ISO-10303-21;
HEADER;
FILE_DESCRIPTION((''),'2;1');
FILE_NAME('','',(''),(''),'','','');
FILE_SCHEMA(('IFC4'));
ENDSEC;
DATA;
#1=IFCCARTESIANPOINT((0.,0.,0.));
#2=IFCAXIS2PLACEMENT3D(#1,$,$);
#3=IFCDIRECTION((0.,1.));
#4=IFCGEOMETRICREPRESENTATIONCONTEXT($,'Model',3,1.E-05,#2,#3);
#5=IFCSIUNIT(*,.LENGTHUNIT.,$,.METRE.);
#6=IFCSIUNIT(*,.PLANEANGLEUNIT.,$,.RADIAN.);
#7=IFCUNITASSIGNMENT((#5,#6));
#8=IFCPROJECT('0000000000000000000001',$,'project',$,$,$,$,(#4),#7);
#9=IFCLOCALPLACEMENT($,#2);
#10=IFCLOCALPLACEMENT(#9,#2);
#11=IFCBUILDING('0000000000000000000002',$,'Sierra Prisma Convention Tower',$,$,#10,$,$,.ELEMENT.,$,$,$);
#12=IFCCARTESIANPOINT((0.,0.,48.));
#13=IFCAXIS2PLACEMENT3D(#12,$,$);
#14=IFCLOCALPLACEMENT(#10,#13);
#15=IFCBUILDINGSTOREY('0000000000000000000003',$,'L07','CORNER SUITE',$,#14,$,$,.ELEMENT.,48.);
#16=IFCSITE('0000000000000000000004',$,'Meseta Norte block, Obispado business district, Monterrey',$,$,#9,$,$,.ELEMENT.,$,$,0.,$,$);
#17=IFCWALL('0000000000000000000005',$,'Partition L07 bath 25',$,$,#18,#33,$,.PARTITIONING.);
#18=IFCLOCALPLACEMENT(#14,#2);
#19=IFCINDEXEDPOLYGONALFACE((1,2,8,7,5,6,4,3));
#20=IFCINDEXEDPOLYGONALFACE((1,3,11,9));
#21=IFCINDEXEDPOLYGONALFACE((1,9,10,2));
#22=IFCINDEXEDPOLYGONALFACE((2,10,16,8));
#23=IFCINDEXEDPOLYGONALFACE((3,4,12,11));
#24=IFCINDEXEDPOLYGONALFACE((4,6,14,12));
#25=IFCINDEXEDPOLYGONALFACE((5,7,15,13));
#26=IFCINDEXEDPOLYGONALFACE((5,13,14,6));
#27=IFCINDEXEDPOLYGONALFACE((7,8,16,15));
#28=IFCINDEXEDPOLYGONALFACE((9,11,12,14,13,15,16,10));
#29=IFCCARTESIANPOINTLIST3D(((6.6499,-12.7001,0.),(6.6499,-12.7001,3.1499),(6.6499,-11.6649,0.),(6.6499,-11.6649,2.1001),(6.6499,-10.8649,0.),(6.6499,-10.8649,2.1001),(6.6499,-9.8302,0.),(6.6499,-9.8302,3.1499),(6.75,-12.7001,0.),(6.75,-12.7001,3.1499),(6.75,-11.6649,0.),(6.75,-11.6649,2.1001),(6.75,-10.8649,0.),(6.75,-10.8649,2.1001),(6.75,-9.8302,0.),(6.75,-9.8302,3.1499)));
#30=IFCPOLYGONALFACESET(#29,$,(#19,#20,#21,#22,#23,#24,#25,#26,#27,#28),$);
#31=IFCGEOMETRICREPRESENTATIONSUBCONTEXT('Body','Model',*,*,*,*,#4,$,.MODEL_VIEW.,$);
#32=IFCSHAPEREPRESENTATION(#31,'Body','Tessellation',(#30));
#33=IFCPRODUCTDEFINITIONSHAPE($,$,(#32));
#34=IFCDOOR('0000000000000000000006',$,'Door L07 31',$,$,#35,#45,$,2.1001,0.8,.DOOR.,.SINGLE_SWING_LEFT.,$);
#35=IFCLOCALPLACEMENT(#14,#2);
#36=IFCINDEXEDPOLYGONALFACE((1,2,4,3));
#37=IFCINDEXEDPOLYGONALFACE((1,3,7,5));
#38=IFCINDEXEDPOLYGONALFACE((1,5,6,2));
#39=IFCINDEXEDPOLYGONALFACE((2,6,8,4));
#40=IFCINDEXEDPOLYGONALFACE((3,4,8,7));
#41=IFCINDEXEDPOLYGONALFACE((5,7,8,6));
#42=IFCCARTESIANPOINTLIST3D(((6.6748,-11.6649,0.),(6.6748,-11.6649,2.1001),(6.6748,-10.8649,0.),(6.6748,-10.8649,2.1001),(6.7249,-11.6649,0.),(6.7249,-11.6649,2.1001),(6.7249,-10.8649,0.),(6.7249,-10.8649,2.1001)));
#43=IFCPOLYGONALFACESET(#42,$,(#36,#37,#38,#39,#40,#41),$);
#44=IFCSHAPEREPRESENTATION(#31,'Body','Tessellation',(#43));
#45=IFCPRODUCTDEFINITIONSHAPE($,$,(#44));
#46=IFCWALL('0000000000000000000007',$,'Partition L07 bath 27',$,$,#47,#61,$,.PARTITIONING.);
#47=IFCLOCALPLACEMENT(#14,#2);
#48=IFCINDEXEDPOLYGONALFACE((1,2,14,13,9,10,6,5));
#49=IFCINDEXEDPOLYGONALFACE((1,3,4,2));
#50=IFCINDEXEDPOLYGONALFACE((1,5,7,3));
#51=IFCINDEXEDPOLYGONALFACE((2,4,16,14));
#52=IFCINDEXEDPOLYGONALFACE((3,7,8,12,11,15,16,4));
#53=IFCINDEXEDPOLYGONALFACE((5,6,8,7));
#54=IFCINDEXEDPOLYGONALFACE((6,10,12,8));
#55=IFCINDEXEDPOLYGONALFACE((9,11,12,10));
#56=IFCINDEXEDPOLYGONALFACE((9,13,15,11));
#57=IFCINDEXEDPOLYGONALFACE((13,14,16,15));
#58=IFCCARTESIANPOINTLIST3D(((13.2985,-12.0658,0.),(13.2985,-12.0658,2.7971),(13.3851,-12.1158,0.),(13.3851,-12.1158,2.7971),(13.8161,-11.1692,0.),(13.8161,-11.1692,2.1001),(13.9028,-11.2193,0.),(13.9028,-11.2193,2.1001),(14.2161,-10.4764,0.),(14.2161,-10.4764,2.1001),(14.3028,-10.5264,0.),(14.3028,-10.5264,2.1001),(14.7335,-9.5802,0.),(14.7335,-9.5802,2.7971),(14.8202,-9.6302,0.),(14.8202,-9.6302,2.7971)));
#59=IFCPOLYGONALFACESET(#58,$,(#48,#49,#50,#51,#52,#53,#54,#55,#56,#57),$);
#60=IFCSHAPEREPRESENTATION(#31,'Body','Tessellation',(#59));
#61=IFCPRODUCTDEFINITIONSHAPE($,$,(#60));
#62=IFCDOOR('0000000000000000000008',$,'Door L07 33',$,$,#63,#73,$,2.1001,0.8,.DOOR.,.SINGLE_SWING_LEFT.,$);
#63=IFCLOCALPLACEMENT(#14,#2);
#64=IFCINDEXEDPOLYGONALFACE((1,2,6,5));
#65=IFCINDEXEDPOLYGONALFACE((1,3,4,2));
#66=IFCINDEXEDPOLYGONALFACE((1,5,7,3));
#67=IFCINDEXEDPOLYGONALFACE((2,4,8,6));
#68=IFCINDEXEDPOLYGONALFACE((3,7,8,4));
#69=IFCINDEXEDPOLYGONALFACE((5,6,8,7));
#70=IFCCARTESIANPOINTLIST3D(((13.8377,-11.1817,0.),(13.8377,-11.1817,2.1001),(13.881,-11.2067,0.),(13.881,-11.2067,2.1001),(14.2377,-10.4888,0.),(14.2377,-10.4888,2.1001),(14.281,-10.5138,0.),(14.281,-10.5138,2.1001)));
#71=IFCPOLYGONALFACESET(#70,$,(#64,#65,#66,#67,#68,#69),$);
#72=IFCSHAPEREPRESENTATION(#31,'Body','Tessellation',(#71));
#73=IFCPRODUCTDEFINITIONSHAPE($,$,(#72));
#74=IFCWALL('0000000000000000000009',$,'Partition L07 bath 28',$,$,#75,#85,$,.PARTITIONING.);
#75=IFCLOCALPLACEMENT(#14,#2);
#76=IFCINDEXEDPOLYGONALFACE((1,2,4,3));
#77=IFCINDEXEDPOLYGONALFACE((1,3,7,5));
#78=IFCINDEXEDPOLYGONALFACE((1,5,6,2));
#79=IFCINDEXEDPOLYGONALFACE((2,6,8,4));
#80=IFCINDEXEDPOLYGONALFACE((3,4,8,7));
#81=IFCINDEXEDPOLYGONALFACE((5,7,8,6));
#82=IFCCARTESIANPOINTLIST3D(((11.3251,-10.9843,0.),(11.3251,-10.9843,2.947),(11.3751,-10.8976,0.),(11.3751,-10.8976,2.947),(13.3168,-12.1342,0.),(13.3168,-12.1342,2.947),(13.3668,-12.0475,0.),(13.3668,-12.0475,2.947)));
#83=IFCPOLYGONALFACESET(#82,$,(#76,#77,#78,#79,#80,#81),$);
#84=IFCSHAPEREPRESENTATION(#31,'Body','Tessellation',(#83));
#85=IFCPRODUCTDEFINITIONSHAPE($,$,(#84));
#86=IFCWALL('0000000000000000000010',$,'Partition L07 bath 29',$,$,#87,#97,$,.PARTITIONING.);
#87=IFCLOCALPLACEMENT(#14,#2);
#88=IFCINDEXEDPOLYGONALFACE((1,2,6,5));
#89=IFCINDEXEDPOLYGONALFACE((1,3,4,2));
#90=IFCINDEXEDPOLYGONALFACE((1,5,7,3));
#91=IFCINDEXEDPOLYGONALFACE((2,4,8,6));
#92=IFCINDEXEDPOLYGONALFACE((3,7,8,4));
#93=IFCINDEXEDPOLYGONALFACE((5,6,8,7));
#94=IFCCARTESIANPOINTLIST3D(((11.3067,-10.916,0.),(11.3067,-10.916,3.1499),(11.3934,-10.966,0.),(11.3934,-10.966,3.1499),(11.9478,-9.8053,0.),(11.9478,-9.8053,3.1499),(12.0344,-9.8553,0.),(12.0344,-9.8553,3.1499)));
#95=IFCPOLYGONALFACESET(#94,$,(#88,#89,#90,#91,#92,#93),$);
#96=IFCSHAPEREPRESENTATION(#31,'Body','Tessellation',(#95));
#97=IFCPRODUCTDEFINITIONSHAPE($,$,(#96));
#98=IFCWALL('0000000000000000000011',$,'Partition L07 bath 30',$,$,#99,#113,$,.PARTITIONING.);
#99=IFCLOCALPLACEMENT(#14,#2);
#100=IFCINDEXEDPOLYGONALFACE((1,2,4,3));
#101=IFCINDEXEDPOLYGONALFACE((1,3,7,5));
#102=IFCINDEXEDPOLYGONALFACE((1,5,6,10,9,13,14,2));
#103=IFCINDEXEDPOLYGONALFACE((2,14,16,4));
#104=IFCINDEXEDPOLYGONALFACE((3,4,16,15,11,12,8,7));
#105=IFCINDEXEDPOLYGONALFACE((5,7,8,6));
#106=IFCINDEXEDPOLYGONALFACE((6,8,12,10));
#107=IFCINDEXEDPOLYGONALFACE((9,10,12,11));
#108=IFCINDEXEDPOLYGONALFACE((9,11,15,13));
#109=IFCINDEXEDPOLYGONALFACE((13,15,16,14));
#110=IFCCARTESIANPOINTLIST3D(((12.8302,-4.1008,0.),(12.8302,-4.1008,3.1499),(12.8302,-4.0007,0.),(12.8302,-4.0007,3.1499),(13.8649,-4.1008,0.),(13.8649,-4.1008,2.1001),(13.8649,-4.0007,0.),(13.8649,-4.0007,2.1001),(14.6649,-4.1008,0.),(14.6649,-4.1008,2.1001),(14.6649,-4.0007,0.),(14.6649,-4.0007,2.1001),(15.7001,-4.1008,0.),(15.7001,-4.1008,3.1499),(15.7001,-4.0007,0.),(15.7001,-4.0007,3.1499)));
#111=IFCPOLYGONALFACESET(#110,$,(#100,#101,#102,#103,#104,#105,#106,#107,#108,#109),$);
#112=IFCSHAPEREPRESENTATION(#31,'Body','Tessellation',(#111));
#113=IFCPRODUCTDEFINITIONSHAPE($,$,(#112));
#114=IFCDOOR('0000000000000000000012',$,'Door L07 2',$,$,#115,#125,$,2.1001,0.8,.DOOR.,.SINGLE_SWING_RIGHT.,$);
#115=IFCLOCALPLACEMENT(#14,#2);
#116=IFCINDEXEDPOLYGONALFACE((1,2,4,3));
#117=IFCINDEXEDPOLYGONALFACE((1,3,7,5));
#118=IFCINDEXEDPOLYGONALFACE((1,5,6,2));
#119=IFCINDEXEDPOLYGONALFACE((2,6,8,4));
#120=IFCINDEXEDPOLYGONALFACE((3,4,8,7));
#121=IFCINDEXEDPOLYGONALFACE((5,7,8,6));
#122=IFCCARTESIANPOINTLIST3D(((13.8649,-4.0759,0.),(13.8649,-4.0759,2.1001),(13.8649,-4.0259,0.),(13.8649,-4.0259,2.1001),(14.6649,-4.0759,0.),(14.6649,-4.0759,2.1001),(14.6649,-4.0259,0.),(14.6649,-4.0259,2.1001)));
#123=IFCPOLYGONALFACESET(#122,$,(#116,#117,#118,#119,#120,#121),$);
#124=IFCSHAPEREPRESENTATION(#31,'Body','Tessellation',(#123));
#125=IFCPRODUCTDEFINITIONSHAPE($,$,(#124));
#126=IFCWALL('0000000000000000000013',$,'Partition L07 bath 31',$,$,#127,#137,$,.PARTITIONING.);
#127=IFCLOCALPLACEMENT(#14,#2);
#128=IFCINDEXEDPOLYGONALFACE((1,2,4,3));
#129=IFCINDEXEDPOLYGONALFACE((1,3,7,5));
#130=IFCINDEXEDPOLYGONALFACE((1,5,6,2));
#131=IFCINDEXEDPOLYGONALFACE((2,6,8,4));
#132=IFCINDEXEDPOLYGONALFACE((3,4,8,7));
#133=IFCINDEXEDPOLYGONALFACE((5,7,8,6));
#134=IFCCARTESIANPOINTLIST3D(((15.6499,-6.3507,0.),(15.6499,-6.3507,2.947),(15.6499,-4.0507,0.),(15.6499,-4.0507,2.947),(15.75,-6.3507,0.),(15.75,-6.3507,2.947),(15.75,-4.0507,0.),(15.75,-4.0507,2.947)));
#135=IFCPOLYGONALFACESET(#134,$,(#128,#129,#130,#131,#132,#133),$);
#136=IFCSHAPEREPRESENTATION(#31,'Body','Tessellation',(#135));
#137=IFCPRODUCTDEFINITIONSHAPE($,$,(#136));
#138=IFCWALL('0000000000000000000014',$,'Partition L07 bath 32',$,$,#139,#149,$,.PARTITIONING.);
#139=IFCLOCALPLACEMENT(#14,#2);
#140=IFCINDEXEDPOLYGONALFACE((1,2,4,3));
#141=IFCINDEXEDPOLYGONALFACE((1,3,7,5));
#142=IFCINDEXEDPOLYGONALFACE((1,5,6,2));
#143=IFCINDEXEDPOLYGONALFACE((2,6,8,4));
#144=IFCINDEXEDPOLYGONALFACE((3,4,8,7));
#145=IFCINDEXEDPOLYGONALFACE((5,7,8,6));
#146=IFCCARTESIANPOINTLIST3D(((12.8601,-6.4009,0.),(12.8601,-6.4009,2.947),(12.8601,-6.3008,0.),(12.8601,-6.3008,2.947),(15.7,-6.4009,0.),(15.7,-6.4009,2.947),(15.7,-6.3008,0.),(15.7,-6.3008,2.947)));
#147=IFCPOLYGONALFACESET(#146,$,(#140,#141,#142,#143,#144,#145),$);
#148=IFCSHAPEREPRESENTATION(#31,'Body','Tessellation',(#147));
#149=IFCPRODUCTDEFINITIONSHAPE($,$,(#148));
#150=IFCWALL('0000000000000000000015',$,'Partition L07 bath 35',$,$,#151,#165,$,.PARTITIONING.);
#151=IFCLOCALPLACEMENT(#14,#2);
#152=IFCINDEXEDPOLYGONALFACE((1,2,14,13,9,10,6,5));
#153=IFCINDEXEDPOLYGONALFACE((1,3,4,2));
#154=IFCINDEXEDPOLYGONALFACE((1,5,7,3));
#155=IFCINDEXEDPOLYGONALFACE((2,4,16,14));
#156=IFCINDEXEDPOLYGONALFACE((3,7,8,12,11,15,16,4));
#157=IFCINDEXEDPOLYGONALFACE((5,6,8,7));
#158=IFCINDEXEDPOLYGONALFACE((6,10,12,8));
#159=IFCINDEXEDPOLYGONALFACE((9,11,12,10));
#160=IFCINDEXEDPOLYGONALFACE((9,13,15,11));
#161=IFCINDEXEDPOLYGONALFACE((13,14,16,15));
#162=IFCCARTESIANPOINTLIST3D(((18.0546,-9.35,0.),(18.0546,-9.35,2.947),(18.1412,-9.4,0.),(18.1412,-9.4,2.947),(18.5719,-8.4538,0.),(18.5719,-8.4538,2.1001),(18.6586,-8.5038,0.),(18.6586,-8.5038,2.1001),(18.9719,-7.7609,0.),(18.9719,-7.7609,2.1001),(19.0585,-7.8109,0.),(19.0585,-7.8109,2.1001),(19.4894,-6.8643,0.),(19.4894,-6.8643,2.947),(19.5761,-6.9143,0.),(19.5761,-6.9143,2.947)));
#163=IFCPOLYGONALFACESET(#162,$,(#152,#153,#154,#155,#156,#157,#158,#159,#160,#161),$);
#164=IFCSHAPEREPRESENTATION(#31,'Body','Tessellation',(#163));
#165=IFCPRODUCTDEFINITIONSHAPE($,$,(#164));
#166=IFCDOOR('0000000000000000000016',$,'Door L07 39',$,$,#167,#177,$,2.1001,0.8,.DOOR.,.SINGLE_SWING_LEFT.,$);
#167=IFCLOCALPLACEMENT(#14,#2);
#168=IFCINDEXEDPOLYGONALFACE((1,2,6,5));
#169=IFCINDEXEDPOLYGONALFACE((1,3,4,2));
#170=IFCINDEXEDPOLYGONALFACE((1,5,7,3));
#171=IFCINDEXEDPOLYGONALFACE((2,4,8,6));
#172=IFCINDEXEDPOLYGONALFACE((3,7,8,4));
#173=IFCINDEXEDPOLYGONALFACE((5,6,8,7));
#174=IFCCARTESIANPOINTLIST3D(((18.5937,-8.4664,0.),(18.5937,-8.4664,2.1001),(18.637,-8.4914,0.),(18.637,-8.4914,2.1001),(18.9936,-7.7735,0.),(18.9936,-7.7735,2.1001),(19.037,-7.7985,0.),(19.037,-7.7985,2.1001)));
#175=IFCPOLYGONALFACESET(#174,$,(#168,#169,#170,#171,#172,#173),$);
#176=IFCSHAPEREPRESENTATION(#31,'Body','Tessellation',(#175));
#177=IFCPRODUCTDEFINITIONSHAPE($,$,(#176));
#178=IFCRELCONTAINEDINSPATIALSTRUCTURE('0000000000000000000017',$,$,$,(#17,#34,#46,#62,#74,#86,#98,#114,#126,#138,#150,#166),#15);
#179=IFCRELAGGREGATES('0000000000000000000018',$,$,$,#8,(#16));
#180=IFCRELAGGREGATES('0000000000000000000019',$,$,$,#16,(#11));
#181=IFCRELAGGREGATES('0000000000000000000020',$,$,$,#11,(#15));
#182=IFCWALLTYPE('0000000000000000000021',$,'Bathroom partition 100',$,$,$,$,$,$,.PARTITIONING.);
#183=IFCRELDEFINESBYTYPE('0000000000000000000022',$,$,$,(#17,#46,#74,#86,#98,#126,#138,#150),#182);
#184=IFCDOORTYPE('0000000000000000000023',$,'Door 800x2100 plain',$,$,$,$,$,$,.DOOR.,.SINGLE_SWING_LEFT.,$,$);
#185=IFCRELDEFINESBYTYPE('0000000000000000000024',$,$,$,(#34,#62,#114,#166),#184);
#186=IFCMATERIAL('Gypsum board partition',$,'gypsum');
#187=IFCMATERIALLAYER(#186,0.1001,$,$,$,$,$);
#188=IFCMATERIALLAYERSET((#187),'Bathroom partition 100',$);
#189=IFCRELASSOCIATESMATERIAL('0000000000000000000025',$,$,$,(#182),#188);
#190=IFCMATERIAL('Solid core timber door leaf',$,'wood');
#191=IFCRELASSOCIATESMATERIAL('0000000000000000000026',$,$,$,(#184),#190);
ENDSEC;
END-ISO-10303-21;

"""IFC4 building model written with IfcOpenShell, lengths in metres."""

from ifc_helpers import new_model, si_unit, direction, frame, frame_2d, origin, place, context, subcontext, project, spatial, rectangle, extrude, material, layer, layer_set, type_object, element, fill, save


model = new_model("IFC4")

# Units and contexts
model_context = context("Model", 3, precision=1e-05, world=origin(), true_north=direction((0.0, 1.0)))
body_context = subcontext(model_context, "Body", "Model", "MODEL_VIEW")
ifc_project = project(units=[si_unit("LENGTHUNIT", "METRE"), si_unit("PLANEANGLEUNIT", "RADIAN")], contexts=[model_context])

# Site, building, storey
site_placement = place(None, origin())
site = spatial("IfcSite", under=ifc_project, at=site_placement, Name="Meseta Norte block, Obispado business district, Monterrey", CompositionType="ELEMENT", RefElevation=0.0)
building_placement = place(site_placement, origin())
building = spatial("IfcBuilding", under=site, at=building_placement, Name="Sierra Prisma Convention Tower", CompositionType="ELEMENT")
storey_placement = place(building_placement, frame((0.0, 0.0, 48.0)))
storey = spatial("IfcBuildingStorey", under=building, at=storey_placement, Name="L07", Description="CORNER SUITE", CompositionType="ELEMENT", Elevation=48.0)

# Walls, openings, doors
ifc_material_1 = material(Name="Gypsum board partition", Category="gypsum")
ifc_layer_1 = layer(ifc_material_1, 0.1001)
ifc_layer_set_1 = layer_set([ifc_layer_1], Name="Bathroom partition 100")
wall_type_1 = type_object("IfcWallType", Name="Bathroom partition 100", PredefinedType="PARTITIONING", material=ifc_layer_set_1)
wall_1_placement = place(storey_placement, frame((6.7, -9.8301, 0.0), z_axis=(0.0, 0.0, 1.0), x_axis=(0.0, -1.0, 0.0)))
wall_1 = element("IfcWall", 1, at=wall_1_placement, inside=storey, type_object=wall_type_1, Name="Partition L07 bath 25", PredefinedType="PARTITIONING", context=body_context, shape_type="SweptSolid", body=[
    extrude(rectangle(XDim=2.8699, YDim=0.1001, at=frame_2d((1.4351, 0.0))), origin(), (0.0, 0.0, 1.0), 3.1499),
])
opening_1_placement = place(wall_1_placement, frame((1.0349, 0.0, 0.0)))
opening_1 = element("IfcOpeningElement", 2, at=opening_1_placement, cuts=wall_1, PredefinedType="OPENING", context=body_context, shape_type="SweptSolid", body=[
    extrude(rectangle(XDim=0.8, YDim=2.1001, at=frame_2d((0.3999, 1.05))), frame((0.0, 0.05, 0.0), z_axis=(0.0, -1.0, 0.0), x_axis=(1.0, 0.0, 0.0)), (0.0, 0.0, 1.0), 0.1001),
])
ifc_material_2 = material(Name="Solid core timber door leaf", Category="wood")
door_type_1 = type_object("IfcDoorType", Name="Door 800x2100 plain", OperationType="SINGLE_SWING_LEFT", PredefinedType="DOOR", material=ifc_material_2)
door_1_placement = place(opening_1_placement, origin())
door_1 = element("IfcDoor", 3, at=door_1_placement, inside=storey, type_object=door_type_1, Name="Door L07 31", OperationType="SINGLE_SWING_LEFT", OverallHeight=2.1001, OverallWidth=0.8, PredefinedType="DOOR", context=body_context, shape_type="SweptSolid", body=[
    extrude(rectangle(XDim=0.8, YDim=2.1001, at=frame_2d((0.3999, 1.05))), frame((0.0, 0.0249, 0.0), z_axis=(0.0, -1.0, 0.0), x_axis=(1.0, 0.0, 0.0)), (0.0, 0.0, 1.0), 0.05),
])
fill(opening_1, door_1)
wall_2_placement = place(storey_placement, frame((14.7769, -9.6052, 0.0), z_axis=(0.0, 0.0, 1.0), x_axis=(-0.5, -0.866026, 0.0)))
wall_2 = element("IfcWall", 4, at=wall_2_placement, inside=storey, type_object=wall_type_1, Name="Partition L07 bath 27", PredefinedType="PARTITIONING", context=body_context, shape_type="SweptSolid", body=[
    extrude(rectangle(XDim=2.8701, YDim=0.1001, at=frame_2d((1.4351, 0.0))), origin(), (0.0, 0.0, 1.0), 2.7971),
])
opening_2_placement = place(wall_2_placement, frame((1.0349, 0.0, 0.0)))
opening_2 = element("IfcOpeningElement", 5, at=opening_2_placement, cuts=wall_2, PredefinedType="OPENING", context=body_context, shape_type="SweptSolid", body=[
    extrude(rectangle(XDim=0.8, YDim=2.1001, at=frame_2d((0.3999, 1.05))), frame((0.0, 0.05, 0.0), z_axis=(0.0, -1.0, 0.0), x_axis=(1.0, 0.0, 0.0)), (0.0, 0.0, 1.0), 0.1001),
])
door_2_placement = place(opening_2_placement, origin())
door_2 = element("IfcDoor", 6, at=door_2_placement, inside=storey, type_object=door_type_1, Name="Door L07 33", OperationType="SINGLE_SWING_LEFT", OverallHeight=2.1001, OverallWidth=0.8, PredefinedType="DOOR", context=body_context, shape_type="SweptSolid", body=[
    extrude(rectangle(XDim=0.8, YDim=2.1001, at=frame_2d((0.3999, 1.05))), frame((0.0, 0.0249, 0.0), z_axis=(0.0, -1.0, 0.0), x_axis=(1.0, 0.0, 0.0)), (0.0, 0.0, 1.0), 0.05),
])
fill(opening_2, door_2)

# Walls
wall_3_placement = place(storey_placement, frame((13.3418, -12.0908, 0.0), z_axis=(0.0, 0.0, 1.0), x_axis=(-0.866026, 0.499998, 0.0)))
element("IfcWall", 7, at=wall_3_placement, inside=storey, type_object=wall_type_1, Name="Partition L07 bath 28", PredefinedType="PARTITIONING", context=body_context, shape_type="SweptSolid", body=[
    extrude(rectangle(XDim=2.2998, YDim=0.1001, at=frame_2d((1.1499, 0.0))), origin(), (0.0, 0.0, 1.0), 2.947),
])
wall_4_placement = place(storey_placement, frame((11.3501, -10.9409, 0.0), z_axis=(0.0, 0.0, 1.0), x_axis=(0.499865, 0.866103, 0.0)))
element("IfcWall", 8, at=wall_4_placement, inside=storey, type_object=wall_type_1, Name="Partition L07 bath 29", PredefinedType="PARTITIONING", context=body_context, shape_type="SweptSolid", body=[
    extrude(rectangle(XDim=1.2825, YDim=0.1001, at=frame_2d((0.6411, 0.0))), origin(), (0.0, 0.0, 1.0), 3.1499),
])

# Wall, opening, door
wall_5_placement = place(storey_placement, frame((12.8301, -4.0508, 0.0), z_axis=(0.0, 0.0, 1.0), x_axis=(1.0, 0.0, 0.0)))
wall_5 = element("IfcWall", 9, at=wall_5_placement, inside=storey, type_object=wall_type_1, Name="Partition L07 bath 30", PredefinedType="PARTITIONING", context=body_context, shape_type="SweptSolid", body=[
    extrude(rectangle(XDim=2.8699, YDim=0.1001, at=frame_2d((1.4351, 0.0))), origin(), (0.0, 0.0, 1.0), 3.1499),
])
opening_3_placement = place(wall_5_placement, frame((1.0349, 0.0, 0.0)))
opening_3 = element("IfcOpeningElement", 10, at=opening_3_placement, cuts=wall_5, PredefinedType="OPENING", context=body_context, shape_type="SweptSolid", body=[
    extrude(rectangle(XDim=0.8, YDim=2.1001, at=frame_2d((0.3999, 1.05))), frame((0.0, 0.05, 0.0), z_axis=(0.0, -1.0, 0.0), x_axis=(1.0, 0.0, 0.0)), (0.0, 0.0, 1.0), 0.1001),
])
door_3_placement = place(opening_3_placement, origin())
door_3 = element("IfcDoor", 11, at=door_3_placement, inside=storey, type_object=door_type_1, Name="Door L07 2", OperationType="SINGLE_SWING_RIGHT", OverallHeight=2.1001, OverallWidth=0.8, PredefinedType="DOOR", context=body_context, shape_type="SweptSolid", body=[
    extrude(rectangle(XDim=0.8, YDim=2.1001, at=frame_2d((0.3999, 1.05))), frame((0.0, 0.0249, 0.0), z_axis=(0.0, -1.0, 0.0), x_axis=(1.0, 0.0, 0.0)), (0.0, 0.0, 1.0), 0.05),
])
fill(opening_3, door_3)

# Walls
wall_6_placement = place(storey_placement, frame((15.7, -4.0508, 0.0), z_axis=(0.0, 0.0, 1.0), x_axis=(0.0, -1.0, 0.0)))
element("IfcWall", 12, at=wall_6_placement, inside=storey, type_object=wall_type_1, Name="Partition L07 bath 31", PredefinedType="PARTITIONING", context=body_context, shape_type="SweptSolid", body=[
    extrude(rectangle(XDim=2.3, YDim=0.1001, at=frame_2d((1.1499, 0.0))), origin(), (0.0, 0.0, 1.0), 2.947),
])
wall_7_placement = place(storey_placement, frame((15.7, -6.3508, 0.0), z_axis=(0.0, 0.0, 1.0), x_axis=(-1.0, 0.0, 0.0)))
element("IfcWall", 13, at=wall_7_placement, inside=storey, type_object=wall_type_1, Name="Partition L07 bath 32", PredefinedType="PARTITIONING", context=body_context, shape_type="SweptSolid", body=[
    extrude(rectangle(XDim=2.8398, YDim=0.1001, at=frame_2d((1.4199, 0.0))), origin(), (0.0, 0.0, 1.0), 2.947),
])

# Wall, opening, door
wall_8_placement = place(storey_placement, frame((18.0979, -9.375, 0.0), z_axis=(0.0, 0.0, 1.0), x_axis=(0.499936, 0.866062, 0.0)))
wall_8 = element("IfcWall", 14, at=wall_8_placement, inside=storey, type_object=wall_type_1, Name="Partition L07 bath 35", PredefinedType="PARTITIONING", context=body_context, shape_type="SweptSolid", body=[
    extrude(rectangle(XDim=2.8701, YDim=0.1001, at=frame_2d((1.4351, 0.0))), origin(), (0.0, 0.0, 1.0), 2.947),
])
opening_4_placement = place(wall_8_placement, frame((1.0349, 0.0, 0.0)))
opening_4 = element("IfcOpeningElement", 15, at=opening_4_placement, cuts=wall_8, PredefinedType="OPENING", context=body_context, shape_type="SweptSolid", body=[
    extrude(rectangle(XDim=0.8, YDim=2.1001, at=frame_2d((0.3999, 1.05))), frame((0.0, 0.05, 0.0), z_axis=(0.0, -1.0, 0.0), x_axis=(1.0, 0.0, 0.0)), (0.0, 0.0, 1.0), 0.1001),
])
door_4_placement = place(opening_4_placement, origin())
door_4 = element("IfcDoor", 16, at=door_4_placement, inside=storey, type_object=door_type_1, Name="Door L07 39", OperationType="SINGLE_SWING_LEFT", OverallHeight=2.1001, OverallWidth=0.8, PredefinedType="DOOR", context=body_context, shape_type="SweptSolid", body=[
    extrude(rectangle(XDim=0.8, YDim=2.1001, at=frame_2d((0.3999, 1.05))), frame((0.0, 0.0249, 0.0), z_axis=(0.0, -1.0, 0.0), x_axis=(1.0, 0.0, 0.0)), (0.0, 0.0, 1.0), 0.05),
])
fill(opening_4, door_4)

save(model, "model.ifc")
